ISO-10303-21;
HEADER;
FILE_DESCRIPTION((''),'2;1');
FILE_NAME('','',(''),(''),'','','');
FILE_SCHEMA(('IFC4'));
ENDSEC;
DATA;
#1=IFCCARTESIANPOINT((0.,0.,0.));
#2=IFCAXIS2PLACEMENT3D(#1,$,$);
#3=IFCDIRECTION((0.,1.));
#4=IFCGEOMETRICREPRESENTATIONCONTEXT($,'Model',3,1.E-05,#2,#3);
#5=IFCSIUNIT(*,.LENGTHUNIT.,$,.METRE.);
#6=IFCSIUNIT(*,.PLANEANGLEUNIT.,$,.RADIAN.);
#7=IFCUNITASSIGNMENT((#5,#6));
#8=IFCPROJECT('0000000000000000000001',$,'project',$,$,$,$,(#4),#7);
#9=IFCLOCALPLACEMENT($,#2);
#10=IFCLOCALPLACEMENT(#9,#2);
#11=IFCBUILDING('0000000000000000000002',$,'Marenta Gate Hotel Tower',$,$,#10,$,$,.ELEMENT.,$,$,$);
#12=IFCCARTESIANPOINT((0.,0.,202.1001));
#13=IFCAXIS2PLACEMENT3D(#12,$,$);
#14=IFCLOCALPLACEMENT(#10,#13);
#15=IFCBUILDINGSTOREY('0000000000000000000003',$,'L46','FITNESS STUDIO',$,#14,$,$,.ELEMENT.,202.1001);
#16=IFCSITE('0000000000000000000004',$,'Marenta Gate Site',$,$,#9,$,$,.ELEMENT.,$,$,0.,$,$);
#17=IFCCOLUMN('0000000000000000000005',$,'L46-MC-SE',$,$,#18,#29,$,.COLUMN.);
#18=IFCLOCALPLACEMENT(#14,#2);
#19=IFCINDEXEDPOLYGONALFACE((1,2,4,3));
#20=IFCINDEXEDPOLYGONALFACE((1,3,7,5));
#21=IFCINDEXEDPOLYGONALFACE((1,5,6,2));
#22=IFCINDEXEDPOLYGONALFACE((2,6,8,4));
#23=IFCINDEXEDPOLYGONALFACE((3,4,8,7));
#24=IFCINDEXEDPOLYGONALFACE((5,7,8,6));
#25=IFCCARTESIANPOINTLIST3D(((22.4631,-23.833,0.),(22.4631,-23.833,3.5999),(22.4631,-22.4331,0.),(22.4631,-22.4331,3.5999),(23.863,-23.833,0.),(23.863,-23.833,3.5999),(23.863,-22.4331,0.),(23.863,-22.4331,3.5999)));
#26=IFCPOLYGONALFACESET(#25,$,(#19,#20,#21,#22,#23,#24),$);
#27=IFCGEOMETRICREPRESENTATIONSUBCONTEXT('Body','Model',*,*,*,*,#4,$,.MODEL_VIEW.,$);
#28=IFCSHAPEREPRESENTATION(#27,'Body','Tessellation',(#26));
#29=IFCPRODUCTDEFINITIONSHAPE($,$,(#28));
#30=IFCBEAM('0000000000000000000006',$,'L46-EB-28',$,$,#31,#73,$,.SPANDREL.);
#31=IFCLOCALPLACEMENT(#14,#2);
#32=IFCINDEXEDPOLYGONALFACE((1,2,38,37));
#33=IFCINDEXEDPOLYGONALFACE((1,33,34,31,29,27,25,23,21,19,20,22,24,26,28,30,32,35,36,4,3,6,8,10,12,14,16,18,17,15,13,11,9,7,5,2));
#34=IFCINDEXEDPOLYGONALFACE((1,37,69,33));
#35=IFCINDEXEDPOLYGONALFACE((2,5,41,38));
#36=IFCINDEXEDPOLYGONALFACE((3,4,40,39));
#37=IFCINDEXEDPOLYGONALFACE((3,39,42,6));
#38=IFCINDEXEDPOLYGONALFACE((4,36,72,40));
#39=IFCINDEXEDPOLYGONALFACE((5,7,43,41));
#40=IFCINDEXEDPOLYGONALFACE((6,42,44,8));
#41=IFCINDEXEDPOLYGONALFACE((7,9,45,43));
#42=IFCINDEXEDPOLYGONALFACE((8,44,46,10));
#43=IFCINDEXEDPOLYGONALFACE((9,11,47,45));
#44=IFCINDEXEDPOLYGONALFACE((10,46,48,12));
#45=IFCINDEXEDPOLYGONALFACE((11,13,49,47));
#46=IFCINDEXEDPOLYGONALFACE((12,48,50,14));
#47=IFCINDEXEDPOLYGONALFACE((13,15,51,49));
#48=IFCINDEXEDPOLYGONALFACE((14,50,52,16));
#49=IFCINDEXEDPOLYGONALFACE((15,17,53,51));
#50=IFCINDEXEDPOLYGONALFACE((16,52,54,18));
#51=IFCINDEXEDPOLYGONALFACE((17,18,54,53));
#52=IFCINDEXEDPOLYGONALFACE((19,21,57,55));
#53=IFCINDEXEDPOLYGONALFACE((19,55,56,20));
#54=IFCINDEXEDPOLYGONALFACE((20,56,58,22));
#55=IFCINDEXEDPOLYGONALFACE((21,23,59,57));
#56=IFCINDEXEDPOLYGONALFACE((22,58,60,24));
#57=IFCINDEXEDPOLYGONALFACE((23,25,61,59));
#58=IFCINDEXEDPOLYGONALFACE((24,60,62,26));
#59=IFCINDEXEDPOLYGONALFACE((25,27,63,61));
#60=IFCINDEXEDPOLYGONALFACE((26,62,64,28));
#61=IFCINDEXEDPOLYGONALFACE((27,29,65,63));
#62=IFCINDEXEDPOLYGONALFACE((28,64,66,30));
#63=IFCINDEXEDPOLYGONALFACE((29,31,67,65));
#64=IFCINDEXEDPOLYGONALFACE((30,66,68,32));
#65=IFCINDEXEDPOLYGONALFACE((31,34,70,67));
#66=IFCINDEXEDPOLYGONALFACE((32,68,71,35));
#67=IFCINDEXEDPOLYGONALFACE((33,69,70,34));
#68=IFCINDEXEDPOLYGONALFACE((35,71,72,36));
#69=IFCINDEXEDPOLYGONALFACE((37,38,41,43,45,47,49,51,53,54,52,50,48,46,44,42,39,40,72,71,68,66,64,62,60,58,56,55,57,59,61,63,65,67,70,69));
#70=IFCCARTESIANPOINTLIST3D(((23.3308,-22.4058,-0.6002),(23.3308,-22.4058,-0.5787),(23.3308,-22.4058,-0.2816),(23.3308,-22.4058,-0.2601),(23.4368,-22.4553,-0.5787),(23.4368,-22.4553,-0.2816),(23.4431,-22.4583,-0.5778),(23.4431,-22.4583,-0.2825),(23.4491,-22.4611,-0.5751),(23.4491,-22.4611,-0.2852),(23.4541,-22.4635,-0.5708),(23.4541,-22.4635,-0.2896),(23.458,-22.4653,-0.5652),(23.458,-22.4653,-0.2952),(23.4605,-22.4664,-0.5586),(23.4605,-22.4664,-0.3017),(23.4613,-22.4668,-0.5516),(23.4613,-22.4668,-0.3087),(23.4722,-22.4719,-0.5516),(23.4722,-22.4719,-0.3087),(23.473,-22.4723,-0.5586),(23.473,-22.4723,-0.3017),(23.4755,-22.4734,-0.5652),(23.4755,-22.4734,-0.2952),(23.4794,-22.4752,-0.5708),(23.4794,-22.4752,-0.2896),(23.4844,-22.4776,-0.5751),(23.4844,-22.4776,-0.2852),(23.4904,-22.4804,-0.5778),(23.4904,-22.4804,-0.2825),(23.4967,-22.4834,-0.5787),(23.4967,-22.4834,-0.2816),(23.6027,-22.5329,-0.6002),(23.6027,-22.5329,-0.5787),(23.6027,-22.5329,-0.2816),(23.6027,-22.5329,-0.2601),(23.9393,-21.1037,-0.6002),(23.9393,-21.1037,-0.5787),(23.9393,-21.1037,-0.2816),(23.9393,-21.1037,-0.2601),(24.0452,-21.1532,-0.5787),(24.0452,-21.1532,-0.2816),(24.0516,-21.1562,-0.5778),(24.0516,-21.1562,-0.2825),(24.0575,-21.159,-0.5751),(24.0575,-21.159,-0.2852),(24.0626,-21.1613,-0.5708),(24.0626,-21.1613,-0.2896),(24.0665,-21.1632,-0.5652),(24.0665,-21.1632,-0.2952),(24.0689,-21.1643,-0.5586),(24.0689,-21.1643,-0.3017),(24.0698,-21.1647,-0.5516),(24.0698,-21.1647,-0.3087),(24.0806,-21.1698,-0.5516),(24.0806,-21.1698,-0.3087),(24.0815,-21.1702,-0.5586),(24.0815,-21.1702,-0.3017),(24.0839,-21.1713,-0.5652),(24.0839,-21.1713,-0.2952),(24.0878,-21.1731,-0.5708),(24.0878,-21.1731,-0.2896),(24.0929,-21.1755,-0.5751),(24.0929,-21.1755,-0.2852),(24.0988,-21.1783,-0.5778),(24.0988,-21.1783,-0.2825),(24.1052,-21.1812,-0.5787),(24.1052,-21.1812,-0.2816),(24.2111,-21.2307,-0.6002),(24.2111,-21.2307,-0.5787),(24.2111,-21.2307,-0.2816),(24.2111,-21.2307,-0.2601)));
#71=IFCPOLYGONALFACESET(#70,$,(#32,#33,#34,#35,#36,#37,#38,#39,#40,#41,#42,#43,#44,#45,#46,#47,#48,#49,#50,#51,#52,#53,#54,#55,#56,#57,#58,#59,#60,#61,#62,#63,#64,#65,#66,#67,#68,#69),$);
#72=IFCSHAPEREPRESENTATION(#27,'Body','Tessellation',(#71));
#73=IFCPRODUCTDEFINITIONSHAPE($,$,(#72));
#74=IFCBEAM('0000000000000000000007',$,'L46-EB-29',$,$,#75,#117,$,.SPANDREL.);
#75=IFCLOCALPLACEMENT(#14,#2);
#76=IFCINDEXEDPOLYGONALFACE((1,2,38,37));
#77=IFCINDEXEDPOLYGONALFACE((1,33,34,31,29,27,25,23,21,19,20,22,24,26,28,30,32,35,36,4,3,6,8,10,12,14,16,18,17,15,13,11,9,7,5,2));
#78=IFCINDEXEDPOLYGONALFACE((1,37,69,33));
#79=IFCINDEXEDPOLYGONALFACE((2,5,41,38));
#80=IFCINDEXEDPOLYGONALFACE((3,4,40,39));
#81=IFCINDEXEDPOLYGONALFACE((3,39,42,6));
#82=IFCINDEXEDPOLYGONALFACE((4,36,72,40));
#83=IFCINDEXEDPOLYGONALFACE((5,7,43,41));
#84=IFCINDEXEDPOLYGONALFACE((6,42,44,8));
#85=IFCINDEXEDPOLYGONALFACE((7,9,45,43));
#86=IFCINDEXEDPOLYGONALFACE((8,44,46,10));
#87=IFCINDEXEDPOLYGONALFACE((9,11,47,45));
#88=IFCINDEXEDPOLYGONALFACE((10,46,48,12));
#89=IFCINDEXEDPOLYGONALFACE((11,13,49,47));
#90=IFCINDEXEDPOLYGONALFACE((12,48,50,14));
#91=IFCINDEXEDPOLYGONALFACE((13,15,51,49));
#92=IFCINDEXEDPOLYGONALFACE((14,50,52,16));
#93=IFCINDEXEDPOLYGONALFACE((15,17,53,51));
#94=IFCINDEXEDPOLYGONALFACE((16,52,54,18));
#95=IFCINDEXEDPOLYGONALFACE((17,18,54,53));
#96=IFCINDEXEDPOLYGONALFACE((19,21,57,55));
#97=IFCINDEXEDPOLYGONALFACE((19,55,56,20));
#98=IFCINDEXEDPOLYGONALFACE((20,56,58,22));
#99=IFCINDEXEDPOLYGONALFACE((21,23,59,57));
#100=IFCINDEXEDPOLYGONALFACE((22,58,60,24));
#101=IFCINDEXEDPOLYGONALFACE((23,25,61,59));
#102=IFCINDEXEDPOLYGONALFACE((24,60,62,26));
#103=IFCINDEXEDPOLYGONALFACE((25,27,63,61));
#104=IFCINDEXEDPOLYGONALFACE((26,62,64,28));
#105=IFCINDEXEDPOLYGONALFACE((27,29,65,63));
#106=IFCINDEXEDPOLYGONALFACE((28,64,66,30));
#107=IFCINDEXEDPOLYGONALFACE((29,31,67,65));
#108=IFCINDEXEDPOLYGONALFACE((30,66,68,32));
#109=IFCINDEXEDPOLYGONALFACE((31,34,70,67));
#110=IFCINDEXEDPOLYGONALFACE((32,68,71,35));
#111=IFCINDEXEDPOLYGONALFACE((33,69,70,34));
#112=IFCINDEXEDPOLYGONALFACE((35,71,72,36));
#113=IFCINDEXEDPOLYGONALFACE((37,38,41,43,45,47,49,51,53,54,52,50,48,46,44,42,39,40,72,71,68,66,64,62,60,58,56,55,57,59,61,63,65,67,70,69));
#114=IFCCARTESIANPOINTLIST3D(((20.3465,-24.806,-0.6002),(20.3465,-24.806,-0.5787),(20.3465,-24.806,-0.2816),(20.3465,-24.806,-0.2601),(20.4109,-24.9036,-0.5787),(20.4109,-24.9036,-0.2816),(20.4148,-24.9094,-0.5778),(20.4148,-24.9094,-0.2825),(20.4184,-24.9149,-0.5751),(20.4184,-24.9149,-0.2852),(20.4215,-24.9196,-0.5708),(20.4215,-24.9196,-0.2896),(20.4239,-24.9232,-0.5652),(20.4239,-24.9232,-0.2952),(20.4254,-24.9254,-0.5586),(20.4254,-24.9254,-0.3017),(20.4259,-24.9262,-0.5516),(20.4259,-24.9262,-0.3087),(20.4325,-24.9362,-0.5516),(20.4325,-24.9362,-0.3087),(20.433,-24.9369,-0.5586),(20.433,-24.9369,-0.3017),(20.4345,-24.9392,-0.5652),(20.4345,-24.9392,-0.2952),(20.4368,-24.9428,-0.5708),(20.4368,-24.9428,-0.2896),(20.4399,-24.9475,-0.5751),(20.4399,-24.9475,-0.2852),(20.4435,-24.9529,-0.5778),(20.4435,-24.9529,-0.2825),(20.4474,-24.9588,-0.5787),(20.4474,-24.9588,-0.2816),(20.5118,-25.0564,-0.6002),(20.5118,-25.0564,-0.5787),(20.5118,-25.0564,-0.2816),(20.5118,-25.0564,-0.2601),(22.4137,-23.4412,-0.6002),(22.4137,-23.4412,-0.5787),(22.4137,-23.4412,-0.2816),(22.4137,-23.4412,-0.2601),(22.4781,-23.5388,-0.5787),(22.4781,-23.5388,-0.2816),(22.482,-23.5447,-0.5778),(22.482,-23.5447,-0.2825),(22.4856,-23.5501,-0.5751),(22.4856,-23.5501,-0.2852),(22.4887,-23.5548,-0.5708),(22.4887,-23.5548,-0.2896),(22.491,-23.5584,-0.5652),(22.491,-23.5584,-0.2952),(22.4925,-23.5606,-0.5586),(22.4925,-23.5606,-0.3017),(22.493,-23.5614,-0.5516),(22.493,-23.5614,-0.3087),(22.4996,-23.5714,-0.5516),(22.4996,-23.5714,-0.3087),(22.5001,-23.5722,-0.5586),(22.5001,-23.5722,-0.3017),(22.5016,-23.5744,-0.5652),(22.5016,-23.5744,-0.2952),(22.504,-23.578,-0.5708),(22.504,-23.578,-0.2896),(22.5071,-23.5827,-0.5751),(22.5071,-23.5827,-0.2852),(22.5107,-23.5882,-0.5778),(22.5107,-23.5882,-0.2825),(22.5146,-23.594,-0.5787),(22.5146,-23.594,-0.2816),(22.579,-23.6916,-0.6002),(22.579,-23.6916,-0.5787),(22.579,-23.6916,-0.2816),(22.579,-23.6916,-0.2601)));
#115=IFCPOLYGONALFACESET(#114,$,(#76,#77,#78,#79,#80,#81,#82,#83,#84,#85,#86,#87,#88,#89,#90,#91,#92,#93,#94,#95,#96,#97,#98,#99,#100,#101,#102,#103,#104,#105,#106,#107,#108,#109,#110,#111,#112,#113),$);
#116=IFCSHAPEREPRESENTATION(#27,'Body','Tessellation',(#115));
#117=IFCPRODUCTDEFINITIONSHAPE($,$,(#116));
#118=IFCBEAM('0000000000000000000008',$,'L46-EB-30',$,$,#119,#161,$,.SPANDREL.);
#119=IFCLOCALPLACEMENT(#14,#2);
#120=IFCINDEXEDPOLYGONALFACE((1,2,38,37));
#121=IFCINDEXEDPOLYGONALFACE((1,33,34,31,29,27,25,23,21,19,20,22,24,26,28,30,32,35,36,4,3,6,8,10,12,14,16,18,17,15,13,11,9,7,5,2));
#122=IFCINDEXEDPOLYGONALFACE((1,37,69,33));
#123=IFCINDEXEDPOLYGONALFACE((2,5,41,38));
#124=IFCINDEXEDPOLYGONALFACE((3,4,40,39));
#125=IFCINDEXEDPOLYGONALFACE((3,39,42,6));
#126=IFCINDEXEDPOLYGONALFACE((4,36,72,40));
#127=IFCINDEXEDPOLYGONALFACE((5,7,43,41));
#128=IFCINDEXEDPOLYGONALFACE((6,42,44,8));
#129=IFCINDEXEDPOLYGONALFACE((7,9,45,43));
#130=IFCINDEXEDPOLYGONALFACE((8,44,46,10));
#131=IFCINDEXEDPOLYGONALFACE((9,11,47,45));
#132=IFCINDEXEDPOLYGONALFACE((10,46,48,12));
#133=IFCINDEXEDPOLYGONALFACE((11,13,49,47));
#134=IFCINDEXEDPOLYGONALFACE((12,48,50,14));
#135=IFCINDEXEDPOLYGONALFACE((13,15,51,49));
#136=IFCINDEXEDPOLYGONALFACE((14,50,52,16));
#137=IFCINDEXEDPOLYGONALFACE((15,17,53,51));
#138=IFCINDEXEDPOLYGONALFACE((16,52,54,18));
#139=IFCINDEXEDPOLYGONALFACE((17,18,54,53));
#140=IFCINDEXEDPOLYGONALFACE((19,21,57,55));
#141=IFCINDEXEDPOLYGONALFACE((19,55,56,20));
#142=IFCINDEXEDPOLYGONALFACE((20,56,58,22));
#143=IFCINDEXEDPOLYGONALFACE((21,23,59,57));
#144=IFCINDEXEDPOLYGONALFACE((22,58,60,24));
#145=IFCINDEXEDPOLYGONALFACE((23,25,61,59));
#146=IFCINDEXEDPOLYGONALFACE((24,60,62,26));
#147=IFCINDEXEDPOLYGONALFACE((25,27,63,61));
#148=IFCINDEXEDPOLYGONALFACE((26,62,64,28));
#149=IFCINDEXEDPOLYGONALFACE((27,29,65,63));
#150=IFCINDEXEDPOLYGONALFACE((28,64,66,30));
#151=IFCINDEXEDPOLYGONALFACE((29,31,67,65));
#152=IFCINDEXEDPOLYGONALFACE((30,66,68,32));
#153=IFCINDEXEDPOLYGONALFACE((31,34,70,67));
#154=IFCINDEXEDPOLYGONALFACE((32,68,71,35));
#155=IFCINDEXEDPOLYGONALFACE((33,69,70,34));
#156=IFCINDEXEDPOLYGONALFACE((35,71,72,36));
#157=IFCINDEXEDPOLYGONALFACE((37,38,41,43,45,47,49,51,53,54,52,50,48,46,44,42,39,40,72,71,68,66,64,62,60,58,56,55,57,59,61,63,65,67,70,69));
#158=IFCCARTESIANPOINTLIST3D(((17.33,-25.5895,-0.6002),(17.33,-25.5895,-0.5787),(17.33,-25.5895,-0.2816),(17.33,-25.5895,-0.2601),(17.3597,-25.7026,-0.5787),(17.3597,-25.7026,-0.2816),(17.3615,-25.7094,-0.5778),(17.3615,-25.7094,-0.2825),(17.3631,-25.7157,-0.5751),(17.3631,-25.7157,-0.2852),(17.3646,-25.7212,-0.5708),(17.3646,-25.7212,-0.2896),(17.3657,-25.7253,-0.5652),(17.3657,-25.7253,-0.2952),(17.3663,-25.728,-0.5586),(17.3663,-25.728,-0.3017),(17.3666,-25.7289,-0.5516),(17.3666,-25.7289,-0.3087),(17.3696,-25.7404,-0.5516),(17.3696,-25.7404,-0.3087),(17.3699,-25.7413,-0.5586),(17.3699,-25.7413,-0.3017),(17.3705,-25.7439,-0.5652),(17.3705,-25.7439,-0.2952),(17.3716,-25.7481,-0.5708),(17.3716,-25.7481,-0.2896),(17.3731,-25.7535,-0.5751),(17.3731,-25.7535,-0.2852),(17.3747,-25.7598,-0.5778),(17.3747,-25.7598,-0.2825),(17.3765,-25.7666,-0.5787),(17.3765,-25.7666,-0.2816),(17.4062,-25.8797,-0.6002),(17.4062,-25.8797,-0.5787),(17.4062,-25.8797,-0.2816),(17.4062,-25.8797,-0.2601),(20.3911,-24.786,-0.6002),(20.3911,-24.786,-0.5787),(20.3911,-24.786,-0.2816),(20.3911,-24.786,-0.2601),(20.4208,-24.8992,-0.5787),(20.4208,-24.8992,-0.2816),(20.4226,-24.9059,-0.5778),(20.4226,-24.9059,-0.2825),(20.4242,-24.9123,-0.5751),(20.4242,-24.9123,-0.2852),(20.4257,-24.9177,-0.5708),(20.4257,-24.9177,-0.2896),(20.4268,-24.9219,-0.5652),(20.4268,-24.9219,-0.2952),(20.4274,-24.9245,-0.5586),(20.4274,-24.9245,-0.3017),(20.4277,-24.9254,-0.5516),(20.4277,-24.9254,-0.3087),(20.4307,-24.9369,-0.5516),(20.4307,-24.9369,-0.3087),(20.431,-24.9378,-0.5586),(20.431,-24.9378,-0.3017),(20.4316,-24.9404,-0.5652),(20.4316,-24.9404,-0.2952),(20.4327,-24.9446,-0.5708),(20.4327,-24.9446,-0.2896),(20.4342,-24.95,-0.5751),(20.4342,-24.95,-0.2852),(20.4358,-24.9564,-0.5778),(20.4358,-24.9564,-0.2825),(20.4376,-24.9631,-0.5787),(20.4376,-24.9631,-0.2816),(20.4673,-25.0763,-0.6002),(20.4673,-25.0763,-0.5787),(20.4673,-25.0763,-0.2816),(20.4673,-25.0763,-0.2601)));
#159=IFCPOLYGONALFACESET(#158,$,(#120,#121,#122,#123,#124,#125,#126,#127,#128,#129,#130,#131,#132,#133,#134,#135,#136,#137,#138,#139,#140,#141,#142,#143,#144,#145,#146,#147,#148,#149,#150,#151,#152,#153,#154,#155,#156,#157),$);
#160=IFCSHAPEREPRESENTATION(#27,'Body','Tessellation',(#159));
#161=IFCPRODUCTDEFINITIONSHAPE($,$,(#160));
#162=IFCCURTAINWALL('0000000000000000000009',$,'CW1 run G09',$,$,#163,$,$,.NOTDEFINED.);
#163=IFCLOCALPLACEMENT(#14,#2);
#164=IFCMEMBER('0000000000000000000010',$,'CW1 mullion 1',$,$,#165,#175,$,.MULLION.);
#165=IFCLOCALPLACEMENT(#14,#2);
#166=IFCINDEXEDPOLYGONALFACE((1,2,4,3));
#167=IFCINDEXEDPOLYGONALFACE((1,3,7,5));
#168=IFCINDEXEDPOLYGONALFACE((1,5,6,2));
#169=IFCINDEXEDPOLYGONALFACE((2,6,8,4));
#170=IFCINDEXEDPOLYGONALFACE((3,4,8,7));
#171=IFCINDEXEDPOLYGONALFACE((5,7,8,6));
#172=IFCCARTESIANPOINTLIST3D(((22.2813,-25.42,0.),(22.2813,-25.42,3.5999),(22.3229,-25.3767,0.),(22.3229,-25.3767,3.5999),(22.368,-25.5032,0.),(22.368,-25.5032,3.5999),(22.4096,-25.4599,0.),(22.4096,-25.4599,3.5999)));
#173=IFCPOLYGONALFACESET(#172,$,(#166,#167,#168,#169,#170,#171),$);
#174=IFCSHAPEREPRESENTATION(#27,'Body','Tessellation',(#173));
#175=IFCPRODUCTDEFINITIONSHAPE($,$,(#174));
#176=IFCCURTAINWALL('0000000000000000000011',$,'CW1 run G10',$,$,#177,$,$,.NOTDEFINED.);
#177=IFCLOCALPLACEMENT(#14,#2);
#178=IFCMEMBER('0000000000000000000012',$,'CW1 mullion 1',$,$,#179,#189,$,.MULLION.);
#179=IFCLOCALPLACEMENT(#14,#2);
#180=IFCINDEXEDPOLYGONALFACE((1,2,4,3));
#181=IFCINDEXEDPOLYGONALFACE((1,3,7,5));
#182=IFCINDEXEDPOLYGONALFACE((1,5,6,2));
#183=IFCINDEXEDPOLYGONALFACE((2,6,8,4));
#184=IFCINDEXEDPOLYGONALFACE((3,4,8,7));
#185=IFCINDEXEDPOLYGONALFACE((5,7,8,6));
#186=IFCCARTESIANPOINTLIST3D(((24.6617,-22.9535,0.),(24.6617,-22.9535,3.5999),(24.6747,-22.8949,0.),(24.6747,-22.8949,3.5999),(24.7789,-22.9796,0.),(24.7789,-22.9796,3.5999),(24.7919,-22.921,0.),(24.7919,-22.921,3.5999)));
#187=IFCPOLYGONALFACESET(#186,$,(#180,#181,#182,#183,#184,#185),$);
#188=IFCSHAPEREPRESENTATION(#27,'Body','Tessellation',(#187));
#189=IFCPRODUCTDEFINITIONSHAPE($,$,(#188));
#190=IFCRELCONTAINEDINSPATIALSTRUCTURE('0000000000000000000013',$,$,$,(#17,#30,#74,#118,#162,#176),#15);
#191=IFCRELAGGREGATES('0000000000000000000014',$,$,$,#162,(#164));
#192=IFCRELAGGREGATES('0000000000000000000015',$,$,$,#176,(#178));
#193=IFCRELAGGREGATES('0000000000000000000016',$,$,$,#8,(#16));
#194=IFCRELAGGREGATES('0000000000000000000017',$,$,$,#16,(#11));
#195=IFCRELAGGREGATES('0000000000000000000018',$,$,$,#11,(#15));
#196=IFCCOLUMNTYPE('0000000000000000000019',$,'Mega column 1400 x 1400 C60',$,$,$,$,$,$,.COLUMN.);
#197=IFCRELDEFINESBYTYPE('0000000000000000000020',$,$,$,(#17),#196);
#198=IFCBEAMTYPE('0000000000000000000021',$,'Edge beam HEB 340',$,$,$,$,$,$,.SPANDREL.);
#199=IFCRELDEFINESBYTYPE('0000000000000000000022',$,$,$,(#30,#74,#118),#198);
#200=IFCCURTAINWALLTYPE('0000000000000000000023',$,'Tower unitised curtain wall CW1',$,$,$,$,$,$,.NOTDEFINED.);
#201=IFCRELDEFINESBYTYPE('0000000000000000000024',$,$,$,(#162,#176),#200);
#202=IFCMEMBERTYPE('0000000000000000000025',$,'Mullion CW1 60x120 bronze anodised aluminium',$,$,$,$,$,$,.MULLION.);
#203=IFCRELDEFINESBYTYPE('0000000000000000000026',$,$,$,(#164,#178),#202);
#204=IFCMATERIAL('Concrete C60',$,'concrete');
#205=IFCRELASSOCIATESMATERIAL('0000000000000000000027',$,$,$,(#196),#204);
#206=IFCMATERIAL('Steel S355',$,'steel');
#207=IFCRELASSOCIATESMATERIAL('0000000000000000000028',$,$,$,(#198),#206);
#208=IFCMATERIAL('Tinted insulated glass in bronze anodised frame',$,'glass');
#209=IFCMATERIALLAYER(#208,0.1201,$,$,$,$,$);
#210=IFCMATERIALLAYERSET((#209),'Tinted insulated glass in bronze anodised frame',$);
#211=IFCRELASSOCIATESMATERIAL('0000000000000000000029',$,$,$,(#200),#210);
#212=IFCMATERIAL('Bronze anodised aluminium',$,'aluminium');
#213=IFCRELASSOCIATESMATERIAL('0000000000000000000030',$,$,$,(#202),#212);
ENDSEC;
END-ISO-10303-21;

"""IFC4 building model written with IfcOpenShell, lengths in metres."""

from ifc_helpers import new_model, si_unit, direction, frame, origin, origin_2d, place, context, subcontext, project, spatial, rectangle, i_section, extrude, material, layer, layer_set, material_profile, profile_set, type_object, element, aggregate, save


model = new_model("IFC4")

# Units and contexts
model_context = context("Model", 3, precision=1e-05, world=origin(), true_north=direction((0.0, 1.0)))
body_context = subcontext(model_context, "Body", "Model", "MODEL_VIEW")
ifc_project = project(units=[si_unit("LENGTHUNIT", "METRE"), si_unit("PLANEANGLEUNIT", "RADIAN")], contexts=[model_context])

# Site, building, storey
site_placement = place(None, origin())
site = spatial("IfcSite", under=ifc_project, at=site_placement, Name="Marenta Gate Site", CompositionType="ELEMENT", RefElevation=0.0)
building_placement = place(site_placement, origin())
building = spatial("IfcBuilding", under=site, at=building_placement, Name="Marenta Gate Hotel Tower", CompositionType="ELEMENT")
storey_placement = place(building_placement, frame((0.0, 0.0, 202.1001)))
storey = spatial("IfcBuildingStorey", under=building, at=storey_placement, Name="L46", Description="FITNESS STUDIO", CompositionType="ELEMENT", Elevation=202.1001)

# Column
ifc_material_1 = material(Name="Concrete C60", Category="concrete")
ifc_material_profile_1 = material_profile(ifc_material_1, rectangle(XDim=1.3999, YDim=1.3999, at=origin_2d()), Name="1400 x 1400")
ifc_profile_set_1 = profile_set([ifc_material_profile_1], Name="Concrete C60")
column_type = type_object("IfcColumnType", Name="Mega column 1400 x 1400 C60", PredefinedType="COLUMN", material=ifc_profile_set_1)
column_placement = place(storey_placement, frame((23.1631, -23.1331, 0.0), z_axis=(0.0, 0.0, 1.0), x_axis=(1.0, 0.0, 0.0)))
element("IfcColumn", 1, at=column_placement, inside=storey, type_object=column_type, Name="L46-MC-SE", PredefinedType="COLUMN", context=body_context, shape_type="SweptSolid", body=[
    extrude(rectangle(XDim=1.3999, YDim=1.3999, at=origin_2d()), origin(), (0.0, 0.0, 1.0), 3.5999),
])

# Beams
ifc_material_2 = material(Name="Steel S355", Category="steel")
ifc_material_profile_2 = material_profile(ifc_material_2, i_section(OverallWidth=0.3, OverallDepth=0.3401, WebThickness=0.012, FlangeThickness=0.0215, FilletRadius=0.0271, at=origin_2d()), Name="HEB 340")
ifc_profile_set_2 = profile_set([ifc_material_profile_2], Name="Steel S355")
beam_type = type_object("IfcBeamType", Name="Edge beam HEB 340", PredefinedType="SPANDREL", material=ifc_profile_set_2)
beam_1_placement = place(storey_placement, frame((24.0752, -21.1672, -0.4302), z_axis=(-0.423341, -0.90597, 0.0), x_axis=(0.90597, -0.423341, 0.0)))
element("IfcBeam", 2, at=beam_1_placement, inside=storey, type_object=beam_type, Name="L46-EB-28", PredefinedType="SPANDREL", context=body_context, shape_type="SweptSolid", body=[
    extrude(i_section(OverallWidth=0.3, OverallDepth=0.3401, WebThickness=0.012, FlangeThickness=0.0215, FilletRadius=0.0271, at=origin_2d()), origin(), (0.0, 0.0, 1.0), 1.4373),
])
beam_2_placement = place(storey_placement, frame((22.4963, -23.5664, -0.4302), z_axis=(-0.834529, -0.550964, 0.0), x_axis=(0.550964, -0.834529, 0.0)))
element("IfcBeam", 3, at=beam_2_placement, inside=storey, type_object=beam_type, Name="L46-EB-29", PredefinedType="SPANDREL", context=body_context, shape_type="SweptSolid", body=[
    extrude(i_section(OverallWidth=0.3, OverallDepth=0.3401, WebThickness=0.012, FlangeThickness=0.0215, FilletRadius=0.0271, at=origin_2d()), origin(), (0.0, 0.0, 1.0), 2.4771),
])
beam_3_placement = place(storey_placement, frame((20.4292, -24.9312, -0.4302), z_axis=(-0.967235, -0.253882, 0.0), x_axis=(0.253882, -0.967235, 0.0)))
element("IfcBeam", 4, at=beam_3_placement, inside=storey, type_object=beam_type, Name="L46-EB-30", PredefinedType="SPANDREL", context=body_context, shape_type="SweptSolid", body=[
    extrude(i_section(OverallWidth=0.3, OverallDepth=0.3401, WebThickness=0.012, FlangeThickness=0.0215, FilletRadius=0.0271, at=origin_2d()), origin(), (0.0, 0.0, 1.0), 3.1648),
])

# Curtain walls, members
ifc_material_3 = material(Name="Tinted insulated glass in bronze anodised frame", Category="glass")
ifc_layer_1 = layer(ifc_material_3, 0.1201)
ifc_layer_set_1 = layer_set([ifc_layer_1], Name="Tinted insulated glass in bronze anodised frame")
curtain_wall_type = type_object("IfcCurtainWallType", Name="Tower unitised curtain wall CW1", PredefinedType="NOTDEFINED", material=ifc_layer_set_1)
curtain_wall_1_placement = place(storey_placement, origin())
curtain_wall_1 = element("IfcCurtainWall", 5, at=curtain_wall_1_placement, inside=storey, type_object=curtain_wall_type, Name="CW1 run G09", PredefinedType="NOTDEFINED")
ifc_material_4 = material(Name="Bronze anodised aluminium", Category="aluminium")
ifc_material_profile_3 = material_profile(ifc_material_4, rectangle(XDim=0.1201, YDim=0.0601, at=origin_2d()), Name="Mullion CW1 60x120 bronze anodised aluminium")
ifc_profile_set_3 = profile_set([ifc_material_profile_3], Name="Bronze anodised aluminium")
member_type_1 = type_object("IfcMemberType", Name="Mullion CW1 60x120 bronze anodised aluminium", PredefinedType="MULLION", material=ifc_profile_set_3)
member_1_placement = place(storey_placement, frame((22.3455, -25.4399, 0.0), z_axis=(0.0, 0.0, 1.0), x_axis=(-0.721372, 0.692548, 0.0)))
member_1 = element("IfcMember", 6, at=member_1_placement, type_object=member_type_1, Name="CW1 mullion 1", PredefinedType="MULLION", context=body_context, shape_type="SweptSolid", body=[
    extrude(rectangle(XDim=0.1201, YDim=0.0601, at=origin_2d()), origin(), (0.0, 0.0, 1.0), 3.5999),
])
curtain_wall_2_placement = place(storey_placement, origin())
curtain_wall_2 = element("IfcCurtainWall", 7, at=curtain_wall_2_placement, inside=storey, type_object=curtain_wall_type, Name="CW1 run G10", PredefinedType="NOTDEFINED")
member_2_placement = place(storey_placement, frame((24.7268, -22.9373, 0.0), z_axis=(0.0, 0.0, 1.0), x_axis=(-0.976207, 0.216842, 0.0)))
member_2 = element("IfcMember", 8, at=member_2_placement, type_object=member_type_1, Name="CW1 mullion 1", PredefinedType="MULLION", context=body_context, shape_type="SweptSolid", body=[
    extrude(rectangle(XDim=0.1201, YDim=0.0601, at=origin_2d()), origin(), (0.0, 0.0, 1.0), 3.5999),
])

aggregate(curtain_wall_1, [member_1])
aggregate(curtain_wall_2, [member_2])

save(model, "model.ifc")
